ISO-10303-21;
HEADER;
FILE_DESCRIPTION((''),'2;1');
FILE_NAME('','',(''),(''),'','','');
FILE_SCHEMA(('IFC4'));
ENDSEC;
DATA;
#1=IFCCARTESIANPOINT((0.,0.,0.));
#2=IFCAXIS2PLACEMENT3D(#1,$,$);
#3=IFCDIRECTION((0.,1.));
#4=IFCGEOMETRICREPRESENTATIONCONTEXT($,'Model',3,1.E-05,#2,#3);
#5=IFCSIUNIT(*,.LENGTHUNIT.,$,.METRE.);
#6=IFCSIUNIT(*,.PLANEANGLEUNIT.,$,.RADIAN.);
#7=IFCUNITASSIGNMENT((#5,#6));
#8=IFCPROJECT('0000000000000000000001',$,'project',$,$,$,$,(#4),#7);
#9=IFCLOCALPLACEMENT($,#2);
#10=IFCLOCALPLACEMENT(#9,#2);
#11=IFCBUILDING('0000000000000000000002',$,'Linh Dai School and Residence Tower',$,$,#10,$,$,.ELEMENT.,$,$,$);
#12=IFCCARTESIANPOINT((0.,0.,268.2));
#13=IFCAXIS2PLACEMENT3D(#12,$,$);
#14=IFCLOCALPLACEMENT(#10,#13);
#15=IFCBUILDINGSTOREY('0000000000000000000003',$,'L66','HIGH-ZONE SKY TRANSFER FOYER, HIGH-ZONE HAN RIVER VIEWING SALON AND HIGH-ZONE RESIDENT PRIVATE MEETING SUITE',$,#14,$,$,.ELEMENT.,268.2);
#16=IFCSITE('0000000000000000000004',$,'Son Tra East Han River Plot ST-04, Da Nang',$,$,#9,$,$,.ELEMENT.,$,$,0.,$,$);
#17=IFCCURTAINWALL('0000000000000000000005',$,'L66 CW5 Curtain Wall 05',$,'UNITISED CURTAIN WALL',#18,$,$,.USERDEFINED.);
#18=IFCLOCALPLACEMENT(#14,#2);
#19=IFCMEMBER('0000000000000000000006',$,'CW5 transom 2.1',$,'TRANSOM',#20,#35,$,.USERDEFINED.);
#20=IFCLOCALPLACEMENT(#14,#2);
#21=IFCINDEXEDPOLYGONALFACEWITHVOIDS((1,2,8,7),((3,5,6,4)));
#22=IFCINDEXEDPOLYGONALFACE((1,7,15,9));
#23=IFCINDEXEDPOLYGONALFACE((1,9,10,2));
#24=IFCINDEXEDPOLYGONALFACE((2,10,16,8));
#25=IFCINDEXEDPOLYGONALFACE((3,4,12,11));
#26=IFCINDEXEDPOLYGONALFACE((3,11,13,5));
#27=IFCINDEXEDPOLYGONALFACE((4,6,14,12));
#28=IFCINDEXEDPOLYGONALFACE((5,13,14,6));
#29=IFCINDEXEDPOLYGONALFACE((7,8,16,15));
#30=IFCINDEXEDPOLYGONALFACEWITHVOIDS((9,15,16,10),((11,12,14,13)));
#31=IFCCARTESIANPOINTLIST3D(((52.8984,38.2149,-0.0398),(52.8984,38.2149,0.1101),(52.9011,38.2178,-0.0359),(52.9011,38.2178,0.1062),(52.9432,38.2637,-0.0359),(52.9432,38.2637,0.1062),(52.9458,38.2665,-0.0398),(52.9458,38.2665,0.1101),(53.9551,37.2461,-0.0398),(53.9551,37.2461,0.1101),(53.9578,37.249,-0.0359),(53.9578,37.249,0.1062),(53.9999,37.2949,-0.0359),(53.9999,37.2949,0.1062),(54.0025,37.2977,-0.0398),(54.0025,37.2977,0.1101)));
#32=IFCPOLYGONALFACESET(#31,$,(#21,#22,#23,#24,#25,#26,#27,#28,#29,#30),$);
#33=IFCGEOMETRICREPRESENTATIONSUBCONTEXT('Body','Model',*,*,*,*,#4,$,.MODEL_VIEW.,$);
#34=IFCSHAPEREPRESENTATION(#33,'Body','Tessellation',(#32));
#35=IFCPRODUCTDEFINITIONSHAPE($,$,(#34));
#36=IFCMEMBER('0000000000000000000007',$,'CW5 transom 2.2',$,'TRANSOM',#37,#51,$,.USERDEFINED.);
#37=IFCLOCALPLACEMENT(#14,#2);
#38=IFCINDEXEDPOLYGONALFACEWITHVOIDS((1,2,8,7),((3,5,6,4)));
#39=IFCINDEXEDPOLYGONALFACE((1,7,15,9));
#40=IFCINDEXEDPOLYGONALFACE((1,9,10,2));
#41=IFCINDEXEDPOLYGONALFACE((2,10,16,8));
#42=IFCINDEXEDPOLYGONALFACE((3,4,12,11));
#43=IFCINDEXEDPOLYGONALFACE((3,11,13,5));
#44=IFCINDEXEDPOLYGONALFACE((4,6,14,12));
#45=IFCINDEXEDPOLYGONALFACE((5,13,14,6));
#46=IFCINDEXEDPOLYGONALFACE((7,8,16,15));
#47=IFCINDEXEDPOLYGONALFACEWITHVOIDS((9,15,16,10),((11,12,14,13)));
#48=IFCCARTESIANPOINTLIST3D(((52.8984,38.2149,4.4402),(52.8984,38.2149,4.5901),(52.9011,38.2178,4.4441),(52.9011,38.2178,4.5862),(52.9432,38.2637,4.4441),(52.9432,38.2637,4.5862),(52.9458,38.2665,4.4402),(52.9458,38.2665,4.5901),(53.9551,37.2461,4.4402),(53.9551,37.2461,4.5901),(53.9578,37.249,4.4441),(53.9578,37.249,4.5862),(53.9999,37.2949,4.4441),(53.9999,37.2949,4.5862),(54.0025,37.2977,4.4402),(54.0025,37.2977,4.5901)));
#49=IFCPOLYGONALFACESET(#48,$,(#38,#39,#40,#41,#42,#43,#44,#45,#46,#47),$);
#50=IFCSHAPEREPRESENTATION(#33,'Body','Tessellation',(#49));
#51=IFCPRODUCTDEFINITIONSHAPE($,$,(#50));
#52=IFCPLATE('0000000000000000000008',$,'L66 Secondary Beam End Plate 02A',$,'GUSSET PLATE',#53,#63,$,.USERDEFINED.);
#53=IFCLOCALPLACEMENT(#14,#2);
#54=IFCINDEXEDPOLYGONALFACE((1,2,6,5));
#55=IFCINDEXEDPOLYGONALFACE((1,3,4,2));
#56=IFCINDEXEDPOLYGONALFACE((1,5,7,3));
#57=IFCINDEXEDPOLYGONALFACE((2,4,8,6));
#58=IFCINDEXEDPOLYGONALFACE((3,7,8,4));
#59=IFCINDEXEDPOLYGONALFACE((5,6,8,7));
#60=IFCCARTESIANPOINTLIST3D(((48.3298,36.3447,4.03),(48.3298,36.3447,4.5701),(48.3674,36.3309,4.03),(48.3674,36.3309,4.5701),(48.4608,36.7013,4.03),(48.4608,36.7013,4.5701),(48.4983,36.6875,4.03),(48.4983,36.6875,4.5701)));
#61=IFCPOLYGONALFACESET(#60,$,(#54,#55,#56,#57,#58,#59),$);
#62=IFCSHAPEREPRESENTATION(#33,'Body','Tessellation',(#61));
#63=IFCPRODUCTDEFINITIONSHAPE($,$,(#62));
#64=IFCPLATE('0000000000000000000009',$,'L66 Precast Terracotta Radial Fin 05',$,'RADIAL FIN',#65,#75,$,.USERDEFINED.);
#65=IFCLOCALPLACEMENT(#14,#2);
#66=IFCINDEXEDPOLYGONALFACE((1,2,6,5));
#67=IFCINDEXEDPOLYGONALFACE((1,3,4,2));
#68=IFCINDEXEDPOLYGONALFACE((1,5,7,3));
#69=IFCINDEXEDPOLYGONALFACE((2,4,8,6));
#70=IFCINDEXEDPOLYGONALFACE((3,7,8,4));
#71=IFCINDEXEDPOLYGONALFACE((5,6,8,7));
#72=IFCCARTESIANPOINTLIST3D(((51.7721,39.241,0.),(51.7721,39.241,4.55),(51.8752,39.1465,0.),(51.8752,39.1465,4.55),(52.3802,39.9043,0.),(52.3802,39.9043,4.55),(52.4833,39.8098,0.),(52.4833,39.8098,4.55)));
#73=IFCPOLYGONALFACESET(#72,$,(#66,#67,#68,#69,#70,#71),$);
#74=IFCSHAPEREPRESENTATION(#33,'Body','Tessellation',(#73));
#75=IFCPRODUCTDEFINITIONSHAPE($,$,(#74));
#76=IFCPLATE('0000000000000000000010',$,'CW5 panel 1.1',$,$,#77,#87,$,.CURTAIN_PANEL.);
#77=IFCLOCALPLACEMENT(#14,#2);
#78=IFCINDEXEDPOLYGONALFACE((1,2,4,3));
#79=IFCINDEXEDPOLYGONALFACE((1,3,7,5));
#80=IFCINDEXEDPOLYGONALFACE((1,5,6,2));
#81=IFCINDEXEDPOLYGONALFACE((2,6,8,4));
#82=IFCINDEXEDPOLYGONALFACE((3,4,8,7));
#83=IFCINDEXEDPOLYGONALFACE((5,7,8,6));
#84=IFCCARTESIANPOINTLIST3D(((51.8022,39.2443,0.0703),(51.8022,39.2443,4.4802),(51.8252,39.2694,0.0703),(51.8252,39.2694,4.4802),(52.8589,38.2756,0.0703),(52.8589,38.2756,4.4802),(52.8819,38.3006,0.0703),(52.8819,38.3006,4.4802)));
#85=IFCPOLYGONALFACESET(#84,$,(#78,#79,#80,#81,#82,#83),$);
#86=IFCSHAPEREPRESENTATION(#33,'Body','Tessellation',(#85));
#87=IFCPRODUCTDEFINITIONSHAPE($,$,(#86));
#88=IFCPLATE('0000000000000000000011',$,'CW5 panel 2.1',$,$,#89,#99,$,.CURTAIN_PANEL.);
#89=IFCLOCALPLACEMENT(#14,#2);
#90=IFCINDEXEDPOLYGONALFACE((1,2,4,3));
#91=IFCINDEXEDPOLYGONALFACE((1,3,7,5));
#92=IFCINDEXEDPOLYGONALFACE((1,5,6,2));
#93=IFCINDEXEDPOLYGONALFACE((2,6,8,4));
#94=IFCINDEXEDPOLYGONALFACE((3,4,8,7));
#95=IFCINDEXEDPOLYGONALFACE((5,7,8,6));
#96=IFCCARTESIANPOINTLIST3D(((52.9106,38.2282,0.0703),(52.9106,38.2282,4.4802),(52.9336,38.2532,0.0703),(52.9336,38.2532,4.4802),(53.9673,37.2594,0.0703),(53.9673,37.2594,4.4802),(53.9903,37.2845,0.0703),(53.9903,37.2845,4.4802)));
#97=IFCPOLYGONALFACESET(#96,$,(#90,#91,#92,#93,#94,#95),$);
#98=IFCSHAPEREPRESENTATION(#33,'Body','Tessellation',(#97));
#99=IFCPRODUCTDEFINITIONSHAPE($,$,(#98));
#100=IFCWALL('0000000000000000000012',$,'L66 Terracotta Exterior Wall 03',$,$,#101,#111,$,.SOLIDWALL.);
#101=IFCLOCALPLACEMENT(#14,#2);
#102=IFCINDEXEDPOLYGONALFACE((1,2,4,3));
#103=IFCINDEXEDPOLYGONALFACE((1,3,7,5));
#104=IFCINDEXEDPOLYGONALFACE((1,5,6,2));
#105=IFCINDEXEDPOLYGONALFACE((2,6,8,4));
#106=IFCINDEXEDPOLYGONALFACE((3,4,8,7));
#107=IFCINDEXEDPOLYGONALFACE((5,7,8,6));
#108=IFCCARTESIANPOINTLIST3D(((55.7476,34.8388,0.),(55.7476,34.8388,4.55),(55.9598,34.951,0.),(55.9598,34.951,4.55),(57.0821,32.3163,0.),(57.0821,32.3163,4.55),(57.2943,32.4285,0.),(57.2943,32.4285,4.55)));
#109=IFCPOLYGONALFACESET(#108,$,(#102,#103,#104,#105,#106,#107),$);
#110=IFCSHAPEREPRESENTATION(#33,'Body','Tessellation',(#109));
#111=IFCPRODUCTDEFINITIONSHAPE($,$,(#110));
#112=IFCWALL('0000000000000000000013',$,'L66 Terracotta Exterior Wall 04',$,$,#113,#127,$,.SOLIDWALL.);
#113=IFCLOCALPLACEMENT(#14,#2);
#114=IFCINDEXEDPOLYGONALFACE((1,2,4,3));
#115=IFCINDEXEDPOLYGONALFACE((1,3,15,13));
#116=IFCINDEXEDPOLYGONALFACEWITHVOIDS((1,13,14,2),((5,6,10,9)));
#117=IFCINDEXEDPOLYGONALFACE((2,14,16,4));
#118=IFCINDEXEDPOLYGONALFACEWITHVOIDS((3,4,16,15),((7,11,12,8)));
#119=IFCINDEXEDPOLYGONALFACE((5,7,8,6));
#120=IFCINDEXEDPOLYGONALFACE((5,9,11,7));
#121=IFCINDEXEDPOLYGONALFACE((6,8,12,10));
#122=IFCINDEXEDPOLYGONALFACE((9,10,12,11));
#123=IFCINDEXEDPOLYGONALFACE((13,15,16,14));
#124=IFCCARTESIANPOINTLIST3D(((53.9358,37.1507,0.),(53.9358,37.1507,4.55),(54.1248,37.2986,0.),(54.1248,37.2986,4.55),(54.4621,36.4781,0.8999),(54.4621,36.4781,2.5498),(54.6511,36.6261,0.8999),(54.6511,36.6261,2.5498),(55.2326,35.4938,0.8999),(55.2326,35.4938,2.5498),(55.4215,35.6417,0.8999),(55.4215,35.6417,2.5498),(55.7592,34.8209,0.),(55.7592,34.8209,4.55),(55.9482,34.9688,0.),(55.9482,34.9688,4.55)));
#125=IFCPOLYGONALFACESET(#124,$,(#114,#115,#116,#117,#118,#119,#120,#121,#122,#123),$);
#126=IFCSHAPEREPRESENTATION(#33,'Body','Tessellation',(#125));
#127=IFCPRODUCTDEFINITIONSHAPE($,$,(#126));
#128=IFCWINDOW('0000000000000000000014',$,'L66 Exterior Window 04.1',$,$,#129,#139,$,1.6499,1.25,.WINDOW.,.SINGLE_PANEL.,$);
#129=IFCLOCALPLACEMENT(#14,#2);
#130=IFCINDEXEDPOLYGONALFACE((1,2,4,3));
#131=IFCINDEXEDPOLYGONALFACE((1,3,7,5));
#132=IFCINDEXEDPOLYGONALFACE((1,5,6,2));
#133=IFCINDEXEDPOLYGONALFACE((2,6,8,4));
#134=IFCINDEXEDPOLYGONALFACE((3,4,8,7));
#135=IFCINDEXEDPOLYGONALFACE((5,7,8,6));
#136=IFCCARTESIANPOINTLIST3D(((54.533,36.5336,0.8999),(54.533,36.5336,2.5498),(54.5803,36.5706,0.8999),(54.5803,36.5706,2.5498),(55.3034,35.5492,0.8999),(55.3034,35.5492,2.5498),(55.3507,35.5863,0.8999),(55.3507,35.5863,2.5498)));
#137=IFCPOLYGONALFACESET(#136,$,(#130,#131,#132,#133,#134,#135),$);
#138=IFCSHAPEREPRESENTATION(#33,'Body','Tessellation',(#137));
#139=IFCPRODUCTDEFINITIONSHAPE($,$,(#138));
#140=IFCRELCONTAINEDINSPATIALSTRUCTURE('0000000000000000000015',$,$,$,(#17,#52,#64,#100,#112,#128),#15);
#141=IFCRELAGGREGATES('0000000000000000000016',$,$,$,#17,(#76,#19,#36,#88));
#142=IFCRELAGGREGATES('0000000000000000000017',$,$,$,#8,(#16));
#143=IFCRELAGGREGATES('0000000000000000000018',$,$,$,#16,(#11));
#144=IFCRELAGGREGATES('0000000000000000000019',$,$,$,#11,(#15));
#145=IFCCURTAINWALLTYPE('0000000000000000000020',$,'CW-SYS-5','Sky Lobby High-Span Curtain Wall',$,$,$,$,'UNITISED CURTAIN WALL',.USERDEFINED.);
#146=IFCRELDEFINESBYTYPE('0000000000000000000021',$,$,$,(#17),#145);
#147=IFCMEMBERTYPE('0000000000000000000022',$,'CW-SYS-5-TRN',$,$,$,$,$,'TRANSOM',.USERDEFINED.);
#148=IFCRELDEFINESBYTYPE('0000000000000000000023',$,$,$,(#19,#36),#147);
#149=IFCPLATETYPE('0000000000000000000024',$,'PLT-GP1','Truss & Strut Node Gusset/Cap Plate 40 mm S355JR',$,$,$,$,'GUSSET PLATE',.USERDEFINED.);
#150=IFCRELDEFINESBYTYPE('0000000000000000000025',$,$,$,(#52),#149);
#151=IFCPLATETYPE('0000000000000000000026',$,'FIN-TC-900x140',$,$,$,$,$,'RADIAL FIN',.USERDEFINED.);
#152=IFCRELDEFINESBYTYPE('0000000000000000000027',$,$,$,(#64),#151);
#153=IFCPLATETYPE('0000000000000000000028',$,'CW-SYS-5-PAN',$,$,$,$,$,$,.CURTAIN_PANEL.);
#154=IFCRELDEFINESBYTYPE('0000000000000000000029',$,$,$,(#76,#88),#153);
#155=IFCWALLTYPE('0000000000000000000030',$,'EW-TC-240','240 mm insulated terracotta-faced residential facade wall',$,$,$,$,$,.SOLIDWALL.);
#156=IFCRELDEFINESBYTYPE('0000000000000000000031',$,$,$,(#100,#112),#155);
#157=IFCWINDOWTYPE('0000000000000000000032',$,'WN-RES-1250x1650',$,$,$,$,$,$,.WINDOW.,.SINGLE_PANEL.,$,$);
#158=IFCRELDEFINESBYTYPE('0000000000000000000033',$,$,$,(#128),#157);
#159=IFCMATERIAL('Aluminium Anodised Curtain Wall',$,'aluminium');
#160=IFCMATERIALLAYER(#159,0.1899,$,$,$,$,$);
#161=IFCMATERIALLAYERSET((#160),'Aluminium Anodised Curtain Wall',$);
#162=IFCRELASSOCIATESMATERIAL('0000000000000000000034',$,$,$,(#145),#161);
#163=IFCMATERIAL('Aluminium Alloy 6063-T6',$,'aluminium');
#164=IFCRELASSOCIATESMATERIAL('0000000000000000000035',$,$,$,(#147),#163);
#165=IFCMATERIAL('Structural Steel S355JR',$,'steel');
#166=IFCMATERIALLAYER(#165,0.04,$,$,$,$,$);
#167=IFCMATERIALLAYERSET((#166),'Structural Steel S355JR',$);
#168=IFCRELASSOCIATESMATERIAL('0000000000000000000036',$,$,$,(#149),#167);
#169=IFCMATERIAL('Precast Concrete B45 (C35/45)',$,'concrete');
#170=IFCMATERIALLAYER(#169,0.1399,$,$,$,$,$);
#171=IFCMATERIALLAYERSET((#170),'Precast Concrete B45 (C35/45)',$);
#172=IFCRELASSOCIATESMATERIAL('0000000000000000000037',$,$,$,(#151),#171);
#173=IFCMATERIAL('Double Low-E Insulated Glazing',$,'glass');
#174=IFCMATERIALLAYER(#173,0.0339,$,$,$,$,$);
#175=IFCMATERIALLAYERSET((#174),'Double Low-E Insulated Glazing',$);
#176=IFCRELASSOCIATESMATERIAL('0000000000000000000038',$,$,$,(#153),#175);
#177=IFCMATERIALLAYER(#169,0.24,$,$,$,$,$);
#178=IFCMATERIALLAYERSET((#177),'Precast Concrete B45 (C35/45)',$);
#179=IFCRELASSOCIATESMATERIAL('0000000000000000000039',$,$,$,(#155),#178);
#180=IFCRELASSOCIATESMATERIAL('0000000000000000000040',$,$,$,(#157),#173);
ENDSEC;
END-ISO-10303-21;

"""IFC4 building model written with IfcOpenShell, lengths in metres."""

from ifc_helpers import new_model, si_unit, direction, frame, frame_2d, origin, origin_2d, place, context, subcontext, project, spatial, rectangle, hollow_rectangle, extrude, source, transform, mapped, material, layer, layer_set, material_profile, profile_set, type_object, element, fill, aggregate, save


model = new_model("IFC4")

# Units and contexts
model_context = context("Model", 3, precision=1e-05, world=origin(), true_north=direction((0.0, 1.0)))
body_context = subcontext(model_context, "Body", "Model", "MODEL_VIEW")
ifc_project = project(units=[si_unit("LENGTHUNIT", "METRE"), si_unit("PLANEANGLEUNIT", "RADIAN")], contexts=[model_context])

# Site, building, storey
site_placement = place(None, origin())
site = spatial("IfcSite", under=ifc_project, at=site_placement, Name="Son Tra East Han River Plot ST-04, Da Nang", CompositionType="ELEMENT", RefElevation=0.0)
building_placement = place(site_placement, origin())
building = spatial("IfcBuilding", under=site, at=building_placement, Name="Linh Dai School and Residence Tower", CompositionType="ELEMENT")
storey_placement = place(building_placement, frame((0.0, 0.0, 268.2)))
storey = spatial("IfcBuildingStorey", under=building, at=storey_placement, Name="L66", Description="HIGH-ZONE SKY TRANSFER FOYER, HIGH-ZONE HAN RIVER VIEWING SALON AND HIGH-ZONE RESIDENT PRIVATE MEETING SUITE", CompositionType="ELEMENT", Elevation=268.2)

# Shared definitions
ifc_material_1 = material(Name="Structural Steel S355JR", Category="steel")

# Curtain wall, members
ifc_material_2 = material(Name="Aluminium Anodised Curtain Wall", Category="aluminium")
ifc_layer_1 = layer(ifc_material_2, 0.1899)
ifc_layer_set_1 = layer_set([ifc_layer_1], Name="Aluminium Anodised Curtain Wall")
curtain_wall_type = type_object("IfcCurtainWallType", Name="CW-SYS-5", Description="Sky Lobby High-Span Curtain Wall", ElementType="UNITISED CURTAIN WALL", PredefinedType="USERDEFINED", material=ifc_layer_set_1)
curtain_wall_placement = place(storey_placement, origin())
curtain_wall = element("IfcCurtainWall", 1, at=curtain_wall_placement, inside=storey, type_object=curtain_wall_type, Name="L66 CW5 Curtain Wall 05", ObjectType="UNITISED CURTAIN WALL", PredefinedType="USERDEFINED")
ifc_material_3 = material(Name="Aluminium Alloy 6063-T6", Category="aluminium")
ifc_material_profile_1 = material_profile(ifc_material_3, hollow_rectangle(XDim=0.0701, YDim=0.1499, WallThickness=0.0039, at=origin_2d()), Name="RHS 150x70x4")
ifc_profile_set_1 = profile_set([ifc_material_profile_1], Name="Aluminium Alloy 6063-T6")
member_type_1 = type_object("IfcMemberType", Name="CW-SYS-5-TRN", ElementType="TRANSOM", PredefinedType="USERDEFINED", material=ifc_profile_set_1)
shared_shape_1 = source(origin(), body_context, "Body", "SweptSolid", [
    extrude(hollow_rectangle(XDim=0.0701, YDim=0.1499, WallThickness=0.0039, at=origin_2d()), origin(), (0.0, 0.0, 1.0), 1.4336),
])
member_1_placement = place(storey_placement, frame((52.9221, 38.2407, 0.0352), z_axis=(0.737098, -0.675786, 0.0), x_axis=(0.675786, 0.737098, 0.0)))
member_1 = element("IfcMember", 2, at=member_1_placement, type_object=member_type_1, Name="CW5 transom 2.1", ObjectType="TRANSOM", PredefinedType="USERDEFINED", context=body_context, shape_type="MappedRepresentation", body=[
    mapped(shared_shape_1, transform((0.0, 0.0, 0.0), x_axis=(1.0, 0.0, 0.0), y_axis=(0.0, 1.0, 0.0), z_axis=(0.0, 0.0, 1.0), scale=1.0)),
])
member_2_placement = place(storey_placement, frame((52.9221, 38.2407, 4.5151), z_axis=(0.737098, -0.675786, 0.0), x_axis=(0.675786, 0.737098, 0.0)))
member_2 = element("IfcMember", 3, at=member_2_placement, type_object=member_type_1, Name="CW5 transom 2.2", ObjectType="TRANSOM", PredefinedType="USERDEFINED", context=body_context, shape_type="MappedRepresentation", body=[
    mapped(shared_shape_1, transform((0.0, 0.0, 0.0), x_axis=(1.0, 0.0, 0.0), y_axis=(0.0, 1.0, 0.0), z_axis=(0.0, 0.0, 1.0), scale=1.0)),
])

# Plates
ifc_layer_2 = layer(ifc_material_1, 0.04)
ifc_layer_set_2 = layer_set([ifc_layer_2], Name="Structural Steel S355JR")
plate_type_1 = type_object("IfcPlateType", Name="PLT-GP1", Description="Truss & Strut Node Gusset/Cap Plate 40 mm S355JR", ElementType="GUSSET PLATE", PredefinedType="USERDEFINED", material=ifc_layer_set_2)
shared_shape_2 = source(origin(), body_context, "Body", "SweptSolid", [
    extrude(rectangle(XDim=0.04, YDim=0.3799, at=origin_2d()), origin(), (0.0, 0.0, 1.0), 0.54),
])
plate_1_placement = place(storey_placement, frame((48.4141, 36.5161, 4.03), z_axis=(0.0, 0.0, 1.0), x_axis=(-0.938695, 0.344748, 0.0)))
element("IfcPlate", 4, at=plate_1_placement, inside=storey, type_object=plate_type_1, Name="L66 Secondary Beam End Plate 02A", ObjectType="GUSSET PLATE", PredefinedType="USERDEFINED", context=body_context, shape_type="MappedRepresentation", body=[
    mapped(shared_shape_2, transform((0.0, 0.0, 0.0), x_axis=(1.0, 0.0, 0.0), y_axis=(0.0, 1.0, 0.0), z_axis=(0.0, 0.0, 1.0), scale=1.0)),
])
ifc_material_4 = material(Name="Precast Concrete B45 (C35/45)", Category="concrete")
ifc_layer_3 = layer(ifc_material_4, 0.1399)
ifc_layer_set_3 = layer_set([ifc_layer_3], Name="Precast Concrete B45 (C35/45)")
plate_type_2 = type_object("IfcPlateType", Name="FIN-TC-900x140", ElementType="RADIAL FIN", PredefinedType="USERDEFINED", material=ifc_layer_set_3)
shared_shape_3 = source(origin(), body_context, "Body", "SweptSolid", [
    extrude(rectangle(XDim=0.8999, YDim=0.1399, at=origin_2d()), origin(), (0.0, 0.0, 1.0), 4.55),
])
plate_2_placement = place(storey_placement, frame((52.1277, 39.5254, 0.0), z_axis=(0.0, 0.0, 1.0), x_axis=(0.675777, 0.737106, 0.0)))
element("IfcPlate", 5, at=plate_2_placement, inside=storey, type_object=plate_type_2, Name="L66 Precast Terracotta Radial Fin 05", ObjectType="RADIAL FIN", PredefinedType="USERDEFINED", context=body_context, shape_type="MappedRepresentation", body=[
    mapped(shared_shape_3, transform((0.0, 0.0, 0.0), x_axis=(1.0, 0.0, 0.0), y_axis=(0.0, 1.0, 0.0), z_axis=(0.0, 0.0, 1.0), scale=1.0)),
])

# Plates
ifc_material_5 = material(Name="Double Low-E Insulated Glazing", Category="glass")
ifc_layer_4 = layer(ifc_material_5, 0.0339)
ifc_layer_set_4 = layer_set([ifc_layer_4], Name="Double Low-E Insulated Glazing")
plate_type_3 = type_object("IfcPlateType", Name="CW-SYS-5-PAN", PredefinedType="CURTAIN_PANEL", material=ifc_layer_set_4)
shared_shape_4 = source(origin(), body_context, "Body", "SweptSolid", [
    extrude(rectangle(XDim=1.4336, YDim=0.0339, at=origin_2d()), origin(), (0.0, 0.0, 1.0), 4.4099),
])
plate_3_placement = place(storey_placement, frame((52.342, 38.7725, 0.0703), z_axis=(0.0, 0.0, 1.0), x_axis=(0.737106, -0.675777, 0.0)))
plate_3 = element("IfcPlate", 6, at=plate_3_placement, type_object=plate_type_3, Name="CW5 panel 1.1", PredefinedType="CURTAIN_PANEL", context=body_context, shape_type="MappedRepresentation", body=[
    mapped(shared_shape_4, transform((0.0, 0.0, 0.0), x_axis=(1.0, 0.0, 0.0), y_axis=(0.0, 1.0, 0.0), z_axis=(0.0, 0.0, 1.0), scale=1.0)),
])
plate_4_placement = place(storey_placement, frame((53.4504, 37.7563, 0.0703), z_axis=(0.0, 0.0, 1.0), x_axis=(0.737106, -0.675777, 0.0)))
plate_4 = element("IfcPlate", 7, at=plate_4_placement, type_object=plate_type_3, Name="CW5 panel 2.1", PredefinedType="CURTAIN_PANEL", context=body_context, shape_type="MappedRepresentation", body=[
    mapped(shared_shape_4, transform((0.0, 0.0, 0.0), x_axis=(1.0, 0.0, 0.0), y_axis=(0.0, 1.0, 0.0), z_axis=(0.0, 0.0, 1.0), scale=1.0)),
])
aggregate(curtain_wall, [plate_3, member_1, member_2, plate_4])

# Wall
ifc_layer_5 = layer(ifc_material_4, 0.24)
ifc_layer_set_5 = layer_set([ifc_layer_5], Name="Precast Concrete B45 (C35/45)")
wall_type_1 = type_object("IfcWallType", Name="EW-TC-240", Description="240 mm insulated terracotta-faced residential facade wall", PredefinedType="SOLIDWALL", material=ifc_layer_set_5)
wall_1_placement = place(storey_placement, frame((55.8538, 34.8948, 0.0), z_axis=(0.0, 0.0, 1.0), x_axis=(0.467628, -0.883925, 0.0)))
element("IfcWall", 8, at=wall_1_placement, inside=storey, type_object=wall_type_1, Name="L66 Terracotta Exterior Wall 03", PredefinedType="SOLIDWALL", context=body_context, shape_type="SweptSolid", body=[
    extrude(rectangle(XDim=2.8538, YDim=0.24, at=frame_2d((1.4268, 0.0))), origin(), (0.0, 0.0, 1.0), 4.55),
])

# Wall, opening, window
wall_2_placement = place(storey_placement, frame((54.0303, 37.2246, 0.0), z_axis=(0.0, 0.0, 1.0), x_axis=(0.616337, -0.787482, 0.0)))
wall_2 = element("IfcWall", 9, at=wall_2_placement, inside=storey, type_object=wall_type_1, Name="L66 Terracotta Exterior Wall 04", PredefinedType="SOLIDWALL", context=body_context, shape_type="SweptSolid", body=[
    extrude(rectangle(XDim=2.9585, YDim=0.24, at=frame_2d((1.4792, 0.0))), origin(), (0.0, 0.0, 1.0), 4.55),
])
opening_1_placement = place(wall_2_placement, frame((0.854, 0.0, 0.8999)))
opening_1 = element("IfcOpeningElement", 10, at=opening_1_placement, cuts=wall_2, PredefinedType="OPENING", context=body_context, shape_type="SweptSolid", body=[
    extrude(rectangle(XDim=1.25, YDim=1.6499, at=origin_2d()), frame((0.625, 0.1299, 0.825), z_axis=(0.0, -1.0, 0.0), x_axis=(1.0, 0.0, 0.0)), (0.0, 0.0, 1.0), 0.26),
])
window_type_1 = type_object("IfcWindowType", Name="WN-RES-1250x1650", PartitioningType="SINGLE_PANEL", PredefinedType="WINDOW", material=ifc_material_5)
shared_shape_5 = source(origin(), body_context, "Body", "SweptSolid", [
    extrude(rectangle(XDim=1.25, YDim=1.6499, at=origin_2d()), frame((0.625, 0.03, 0.825), z_axis=(0.0, -1.0, 0.0), x_axis=(1.0, 0.0, 0.0)), (0.0, 0.0, 1.0), 0.0601),
])
window_1_placement = place(opening_1_placement, origin())
window_1 = element("IfcWindow", 11, at=window_1_placement, inside=storey, type_object=window_type_1, Name="L66 Exterior Window 04.1", OverallHeight=1.6499, OverallWidth=1.25, PartitioningType="SINGLE_PANEL", PredefinedType="WINDOW", context=body_context, shape_type="MappedRepresentation", body=[
    mapped(shared_shape_5, transform((0.0, 0.0, 0.0), x_axis=(1.0, 0.0, 0.0), y_axis=(0.0, 1.0, 0.0), z_axis=(0.0, 0.0, 1.0), scale=1.0)),
])
fill(opening_1, window_1)

save(model, "model.ifc")
